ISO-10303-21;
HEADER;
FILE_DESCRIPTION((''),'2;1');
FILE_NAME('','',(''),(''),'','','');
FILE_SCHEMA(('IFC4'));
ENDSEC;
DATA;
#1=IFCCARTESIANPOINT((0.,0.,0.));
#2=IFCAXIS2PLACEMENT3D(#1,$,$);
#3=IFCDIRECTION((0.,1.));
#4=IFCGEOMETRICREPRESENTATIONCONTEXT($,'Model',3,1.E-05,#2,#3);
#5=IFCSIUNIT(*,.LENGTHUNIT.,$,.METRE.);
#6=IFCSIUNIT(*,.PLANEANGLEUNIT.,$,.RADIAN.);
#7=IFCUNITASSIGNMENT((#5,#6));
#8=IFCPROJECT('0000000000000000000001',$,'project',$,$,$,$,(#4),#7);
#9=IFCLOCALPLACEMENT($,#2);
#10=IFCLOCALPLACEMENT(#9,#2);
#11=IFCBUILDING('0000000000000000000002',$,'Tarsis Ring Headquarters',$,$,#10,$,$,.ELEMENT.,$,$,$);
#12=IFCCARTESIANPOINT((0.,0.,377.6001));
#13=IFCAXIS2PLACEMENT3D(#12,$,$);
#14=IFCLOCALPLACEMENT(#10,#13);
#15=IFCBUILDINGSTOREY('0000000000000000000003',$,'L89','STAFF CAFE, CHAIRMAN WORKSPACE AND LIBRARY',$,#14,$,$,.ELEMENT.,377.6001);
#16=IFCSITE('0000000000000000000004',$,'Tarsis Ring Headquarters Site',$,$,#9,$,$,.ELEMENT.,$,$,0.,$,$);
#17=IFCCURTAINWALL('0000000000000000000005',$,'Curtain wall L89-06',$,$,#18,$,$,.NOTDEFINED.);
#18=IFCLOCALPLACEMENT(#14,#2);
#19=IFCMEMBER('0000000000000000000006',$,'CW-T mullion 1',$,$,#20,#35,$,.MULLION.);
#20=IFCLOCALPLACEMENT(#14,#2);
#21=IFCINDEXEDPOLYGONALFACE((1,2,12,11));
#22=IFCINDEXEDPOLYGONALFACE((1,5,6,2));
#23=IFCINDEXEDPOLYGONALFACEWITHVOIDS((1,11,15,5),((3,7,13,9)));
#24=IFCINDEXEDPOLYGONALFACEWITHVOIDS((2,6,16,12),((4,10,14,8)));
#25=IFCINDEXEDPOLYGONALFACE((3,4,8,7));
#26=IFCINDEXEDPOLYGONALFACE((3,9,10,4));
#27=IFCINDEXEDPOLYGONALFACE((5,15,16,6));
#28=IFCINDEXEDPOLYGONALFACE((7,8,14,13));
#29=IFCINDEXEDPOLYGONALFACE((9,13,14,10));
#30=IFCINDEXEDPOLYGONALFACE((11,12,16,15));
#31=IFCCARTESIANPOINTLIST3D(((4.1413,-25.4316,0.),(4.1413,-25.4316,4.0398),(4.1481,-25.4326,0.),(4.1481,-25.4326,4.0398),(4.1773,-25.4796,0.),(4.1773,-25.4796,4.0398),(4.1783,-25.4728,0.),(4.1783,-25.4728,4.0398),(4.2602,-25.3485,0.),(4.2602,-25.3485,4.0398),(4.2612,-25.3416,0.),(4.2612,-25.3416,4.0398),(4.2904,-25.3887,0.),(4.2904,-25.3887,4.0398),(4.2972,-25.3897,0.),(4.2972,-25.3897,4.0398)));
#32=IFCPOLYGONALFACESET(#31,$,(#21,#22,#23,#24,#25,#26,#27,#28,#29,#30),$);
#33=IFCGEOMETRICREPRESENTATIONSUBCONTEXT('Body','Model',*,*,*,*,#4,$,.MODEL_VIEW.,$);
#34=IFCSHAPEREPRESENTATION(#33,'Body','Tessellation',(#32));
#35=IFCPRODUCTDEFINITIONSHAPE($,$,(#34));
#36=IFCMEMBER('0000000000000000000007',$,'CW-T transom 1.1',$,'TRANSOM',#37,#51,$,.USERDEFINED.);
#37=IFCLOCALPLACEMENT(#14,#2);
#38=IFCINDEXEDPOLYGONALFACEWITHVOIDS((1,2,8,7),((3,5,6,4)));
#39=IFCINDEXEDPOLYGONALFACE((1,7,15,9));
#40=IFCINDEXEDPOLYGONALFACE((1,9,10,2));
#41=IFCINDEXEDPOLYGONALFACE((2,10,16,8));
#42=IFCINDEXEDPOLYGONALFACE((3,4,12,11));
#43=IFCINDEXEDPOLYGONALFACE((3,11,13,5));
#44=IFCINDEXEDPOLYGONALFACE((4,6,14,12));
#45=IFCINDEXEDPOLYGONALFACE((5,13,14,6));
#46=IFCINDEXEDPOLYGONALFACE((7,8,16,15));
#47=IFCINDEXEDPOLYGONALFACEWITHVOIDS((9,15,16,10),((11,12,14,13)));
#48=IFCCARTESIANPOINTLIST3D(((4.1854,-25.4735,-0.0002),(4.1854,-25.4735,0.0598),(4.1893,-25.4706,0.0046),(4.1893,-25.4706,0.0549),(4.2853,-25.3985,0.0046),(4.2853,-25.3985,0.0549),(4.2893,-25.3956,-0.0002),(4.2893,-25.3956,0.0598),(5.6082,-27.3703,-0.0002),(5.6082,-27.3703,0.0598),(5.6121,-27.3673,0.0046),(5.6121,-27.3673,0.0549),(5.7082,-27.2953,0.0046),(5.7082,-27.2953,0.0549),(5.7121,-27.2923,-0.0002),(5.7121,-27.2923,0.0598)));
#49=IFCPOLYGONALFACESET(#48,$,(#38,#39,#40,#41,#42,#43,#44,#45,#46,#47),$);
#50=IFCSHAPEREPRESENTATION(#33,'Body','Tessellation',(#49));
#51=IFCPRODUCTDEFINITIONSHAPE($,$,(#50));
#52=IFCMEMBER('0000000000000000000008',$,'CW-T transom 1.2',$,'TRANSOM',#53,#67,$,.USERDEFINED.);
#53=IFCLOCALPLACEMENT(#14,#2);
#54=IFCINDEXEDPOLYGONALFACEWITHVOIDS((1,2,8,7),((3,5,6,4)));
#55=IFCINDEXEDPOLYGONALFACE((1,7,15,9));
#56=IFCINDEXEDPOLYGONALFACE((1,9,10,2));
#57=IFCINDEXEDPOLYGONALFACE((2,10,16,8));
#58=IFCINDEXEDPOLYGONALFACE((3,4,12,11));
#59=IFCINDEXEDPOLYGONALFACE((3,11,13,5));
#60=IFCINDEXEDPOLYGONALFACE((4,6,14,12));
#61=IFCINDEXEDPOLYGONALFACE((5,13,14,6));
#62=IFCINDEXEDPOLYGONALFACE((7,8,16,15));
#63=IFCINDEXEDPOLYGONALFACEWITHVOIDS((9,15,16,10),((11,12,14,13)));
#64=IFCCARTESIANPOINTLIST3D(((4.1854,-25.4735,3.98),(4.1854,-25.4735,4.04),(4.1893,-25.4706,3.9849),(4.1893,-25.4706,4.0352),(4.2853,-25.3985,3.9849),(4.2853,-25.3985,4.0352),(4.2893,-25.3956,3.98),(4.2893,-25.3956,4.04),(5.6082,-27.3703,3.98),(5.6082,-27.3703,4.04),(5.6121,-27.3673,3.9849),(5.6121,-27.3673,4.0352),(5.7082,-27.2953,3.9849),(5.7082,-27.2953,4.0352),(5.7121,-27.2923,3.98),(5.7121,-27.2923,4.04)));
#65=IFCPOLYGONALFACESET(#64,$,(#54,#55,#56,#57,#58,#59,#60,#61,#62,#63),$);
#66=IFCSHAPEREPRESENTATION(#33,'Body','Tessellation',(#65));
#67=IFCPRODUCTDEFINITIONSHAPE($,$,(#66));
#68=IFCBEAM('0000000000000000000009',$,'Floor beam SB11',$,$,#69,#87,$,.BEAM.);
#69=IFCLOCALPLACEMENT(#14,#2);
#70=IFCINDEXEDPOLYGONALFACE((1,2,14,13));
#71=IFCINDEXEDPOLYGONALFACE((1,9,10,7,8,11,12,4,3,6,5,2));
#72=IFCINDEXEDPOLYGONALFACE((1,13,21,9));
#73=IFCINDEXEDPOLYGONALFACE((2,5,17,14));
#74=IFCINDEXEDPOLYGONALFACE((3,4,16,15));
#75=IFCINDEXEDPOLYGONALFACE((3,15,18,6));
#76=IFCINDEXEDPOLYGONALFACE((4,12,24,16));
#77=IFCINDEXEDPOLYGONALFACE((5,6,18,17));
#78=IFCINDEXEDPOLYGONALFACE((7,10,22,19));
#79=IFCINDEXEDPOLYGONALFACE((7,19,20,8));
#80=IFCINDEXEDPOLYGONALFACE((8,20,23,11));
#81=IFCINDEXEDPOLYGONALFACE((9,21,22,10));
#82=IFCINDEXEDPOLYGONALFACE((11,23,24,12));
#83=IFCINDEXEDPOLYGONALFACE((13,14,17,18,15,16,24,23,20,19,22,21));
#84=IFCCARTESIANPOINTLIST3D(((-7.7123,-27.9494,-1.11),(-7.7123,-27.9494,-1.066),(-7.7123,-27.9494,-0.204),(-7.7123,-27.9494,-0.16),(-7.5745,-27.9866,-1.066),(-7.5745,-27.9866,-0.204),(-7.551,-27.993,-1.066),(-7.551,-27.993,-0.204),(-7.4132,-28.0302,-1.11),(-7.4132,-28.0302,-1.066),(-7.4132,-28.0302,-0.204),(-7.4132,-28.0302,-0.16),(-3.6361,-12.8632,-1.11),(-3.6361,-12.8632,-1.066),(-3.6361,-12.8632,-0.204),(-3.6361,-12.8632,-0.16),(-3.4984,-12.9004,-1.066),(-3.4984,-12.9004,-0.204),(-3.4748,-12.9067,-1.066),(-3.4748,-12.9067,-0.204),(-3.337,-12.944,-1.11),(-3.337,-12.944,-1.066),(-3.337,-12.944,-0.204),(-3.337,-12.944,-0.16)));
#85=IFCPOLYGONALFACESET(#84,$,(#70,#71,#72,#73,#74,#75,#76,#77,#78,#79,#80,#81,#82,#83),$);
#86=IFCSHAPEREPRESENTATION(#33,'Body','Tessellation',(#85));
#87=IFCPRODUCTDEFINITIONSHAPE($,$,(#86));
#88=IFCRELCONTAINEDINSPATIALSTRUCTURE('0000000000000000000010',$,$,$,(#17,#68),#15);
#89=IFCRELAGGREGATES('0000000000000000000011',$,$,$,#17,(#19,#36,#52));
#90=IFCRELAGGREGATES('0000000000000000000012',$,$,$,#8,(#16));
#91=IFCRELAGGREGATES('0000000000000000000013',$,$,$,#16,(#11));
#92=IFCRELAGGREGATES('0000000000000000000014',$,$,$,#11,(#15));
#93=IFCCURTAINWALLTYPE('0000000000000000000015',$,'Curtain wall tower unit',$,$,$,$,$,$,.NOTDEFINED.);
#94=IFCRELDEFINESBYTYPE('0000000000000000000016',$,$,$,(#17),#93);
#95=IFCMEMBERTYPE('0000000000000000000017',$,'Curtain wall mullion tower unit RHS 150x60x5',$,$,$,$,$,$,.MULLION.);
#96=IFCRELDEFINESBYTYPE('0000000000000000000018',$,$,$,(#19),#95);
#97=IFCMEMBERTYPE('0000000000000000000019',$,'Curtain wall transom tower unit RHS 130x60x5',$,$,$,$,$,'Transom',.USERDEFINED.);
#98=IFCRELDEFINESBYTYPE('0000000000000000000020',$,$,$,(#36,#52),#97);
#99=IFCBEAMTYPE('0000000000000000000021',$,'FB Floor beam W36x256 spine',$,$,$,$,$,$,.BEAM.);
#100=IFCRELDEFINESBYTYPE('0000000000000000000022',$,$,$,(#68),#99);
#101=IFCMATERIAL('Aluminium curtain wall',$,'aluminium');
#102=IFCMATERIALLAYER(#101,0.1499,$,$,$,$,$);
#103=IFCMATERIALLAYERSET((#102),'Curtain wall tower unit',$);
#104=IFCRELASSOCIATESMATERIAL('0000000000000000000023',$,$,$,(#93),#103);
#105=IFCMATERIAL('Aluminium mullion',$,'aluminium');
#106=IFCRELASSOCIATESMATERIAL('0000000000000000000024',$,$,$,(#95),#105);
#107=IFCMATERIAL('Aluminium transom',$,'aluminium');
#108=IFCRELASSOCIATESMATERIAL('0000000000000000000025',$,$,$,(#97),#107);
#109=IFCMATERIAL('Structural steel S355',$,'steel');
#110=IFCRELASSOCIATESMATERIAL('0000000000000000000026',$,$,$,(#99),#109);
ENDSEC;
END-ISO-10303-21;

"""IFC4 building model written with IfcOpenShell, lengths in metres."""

from ifc_helpers import new_model, si_unit, direction, frame, origin, origin_2d, place, context, subcontext, project, spatial, hollow_rectangle, i_section, extrude, material, layer, layer_set, material_profile, profile_set, type_object, element, aggregate, save


model = new_model("IFC4")

# Units and contexts
model_context = context("Model", 3, precision=1e-05, world=origin(), true_north=direction((0.0, 1.0)))
body_context = subcontext(model_context, "Body", "Model", "MODEL_VIEW")
ifc_project = project(units=[si_unit("LENGTHUNIT", "METRE"), si_unit("PLANEANGLEUNIT", "RADIAN")], contexts=[model_context])

# Site, building, storey
site_placement = place(None, origin())
site = spatial("IfcSite", under=ifc_project, at=site_placement, Name="Tarsis Ring Headquarters Site", CompositionType="ELEMENT", RefElevation=0.0)
building_placement = place(site_placement, origin())
building = spatial("IfcBuilding", under=site, at=building_placement, Name="Tarsis Ring Headquarters", CompositionType="ELEMENT")
storey_placement = place(building_placement, frame((0.0, 0.0, 377.6001)))
storey = spatial("IfcBuildingStorey", under=building, at=storey_placement, Name="L89", Description="STAFF CAFE, CHAIRMAN WORKSPACE AND LIBRARY", CompositionType="ELEMENT", Elevation=377.6001)

# Curtain wall, members
ifc_material_1 = material(Name="Aluminium curtain wall", Category="aluminium")
ifc_layer_1 = layer(ifc_material_1, 0.1499)
ifc_layer_set_1 = layer_set([ifc_layer_1], Name="Curtain wall tower unit")
curtain_wall_type = type_object("IfcCurtainWallType", Name="Curtain wall tower unit", PredefinedType="NOTDEFINED", material=ifc_layer_set_1)
curtain_wall_placement = place(storey_placement, origin())
curtain_wall = element("IfcCurtainWall", 1, at=curtain_wall_placement, inside=storey, type_object=curtain_wall_type, Name="Curtain wall L89-06", PredefinedType="NOTDEFINED")
ifc_material_2 = material(Name="Aluminium mullion", Category="aluminium")
ifc_material_profile_1 = material_profile(ifc_material_2, hollow_rectangle(XDim=0.1499, YDim=0.0601, WallThickness=0.0049, at=origin_2d()), Name="RHS 150x60x5")
ifc_profile_set_1 = profile_set([ifc_material_profile_1], Name="Aluminium mullion")
member_type_1 = type_object("IfcMemberType", Name="Curtain wall mullion tower unit RHS 150x60x5", PredefinedType="MULLION", material=ifc_profile_set_1)
member_1_placement = place(storey_placement, frame((4.2192, -25.4106, 0.0), z_axis=(0.0, 0.0, 1.0), x_axis=(0.799894, 0.600141, 0.0)))
member_1 = element("IfcMember", 2, at=member_1_placement, type_object=member_type_1, Name="CW-T mullion 1", PredefinedType="MULLION", context=body_context, shape_type="SweptSolid", body=[
    extrude(hollow_rectangle(XDim=0.1499, YDim=0.0601, WallThickness=0.0049, at=origin_2d()), origin(), (0.0, 0.0, 1.0), 4.0398),
])
ifc_material_3 = material(Name="Aluminium transom", Category="aluminium")
ifc_material_profile_2 = material_profile(ifc_material_3, hollow_rectangle(XDim=0.1299, YDim=0.0601, WallThickness=0.0049, at=origin_2d()), Name="RHS 130x60x5")
ifc_profile_set_2 = profile_set([ifc_material_profile_2], Name="Aluminium transom")
member_type_2 = type_object("IfcMemberType", Name="Curtain wall transom tower unit RHS 130x60x5", ElementType="Transom", PredefinedType="USERDEFINED", material=ifc_profile_set_2)
member_2_placement = place(storey_placement, frame((4.2373, -25.4346, 0.0298), z_axis=(0.600082, -0.799938, 0.0), x_axis=(0.799938, 0.600082, 0.0)))
member_2 = element("IfcMember", 3, at=member_2_placement, type_object=member_type_2, Name="CW-T transom 1.1", ObjectType="TRANSOM", PredefinedType="USERDEFINED", context=body_context, shape_type="SweptSolid", body=[
    extrude(hollow_rectangle(XDim=0.1299, YDim=0.0601, WallThickness=0.0049, at=origin_2d()), origin(), (0.0, 0.0, 1.0), 2.3711),
])
member_3_placement = place(storey_placement, frame((4.2373, -25.4346, 4.01), z_axis=(0.600082, -0.799938, 0.0), x_axis=(0.799938, 0.600082, 0.0)))
member_3 = element("IfcMember", 4, at=member_3_placement, type_object=member_type_2, Name="CW-T transom 1.2", ObjectType="TRANSOM", PredefinedType="USERDEFINED", context=body_context, shape_type="SweptSolid", body=[
    extrude(hollow_rectangle(XDim=0.1299, YDim=0.0601, WallThickness=0.0049, at=origin_2d()), origin(), (0.0, 0.0, 1.0), 2.3711),
])
aggregate(curtain_wall, [member_1, member_2, member_3])

# Beam
ifc_material_4 = material(Name="Structural steel S355", Category="steel")
ifc_material_profile_3 = material_profile(ifc_material_4, i_section(OverallWidth=0.3098, OverallDepth=0.95, WebThickness=0.0244, FlangeThickness=0.0439, at=origin_2d()), Name="W36x256")
ifc_profile_set_3 = profile_set([ifc_material_profile_3], Name="Structural steel S355")
beam_type = type_object("IfcBeamType", Name="FB Floor beam W36x256 spine", PredefinedType="BEAM", material=ifc_profile_set_3)
beam_placement = place(storey_placement, frame((-3.4866, -12.9036, -0.635), z_axis=(-0.260839, -0.965382, 0.0), x_axis=(0.965382, -0.260839, 0.0)))
element("IfcBeam", 5, at=beam_placement, inside=storey, type_object=beam_type, Name="Floor beam SB11", PredefinedType="BEAM", context=body_context, shape_type="SweptSolid", body=[
    extrude(i_section(OverallWidth=0.3098, OverallDepth=0.95, WebThickness=0.0244, FlangeThickness=0.0439, at=origin_2d()), origin(), (0.0, 0.0, 1.0), 15.6272),
])

save(model, "model.ifc")
